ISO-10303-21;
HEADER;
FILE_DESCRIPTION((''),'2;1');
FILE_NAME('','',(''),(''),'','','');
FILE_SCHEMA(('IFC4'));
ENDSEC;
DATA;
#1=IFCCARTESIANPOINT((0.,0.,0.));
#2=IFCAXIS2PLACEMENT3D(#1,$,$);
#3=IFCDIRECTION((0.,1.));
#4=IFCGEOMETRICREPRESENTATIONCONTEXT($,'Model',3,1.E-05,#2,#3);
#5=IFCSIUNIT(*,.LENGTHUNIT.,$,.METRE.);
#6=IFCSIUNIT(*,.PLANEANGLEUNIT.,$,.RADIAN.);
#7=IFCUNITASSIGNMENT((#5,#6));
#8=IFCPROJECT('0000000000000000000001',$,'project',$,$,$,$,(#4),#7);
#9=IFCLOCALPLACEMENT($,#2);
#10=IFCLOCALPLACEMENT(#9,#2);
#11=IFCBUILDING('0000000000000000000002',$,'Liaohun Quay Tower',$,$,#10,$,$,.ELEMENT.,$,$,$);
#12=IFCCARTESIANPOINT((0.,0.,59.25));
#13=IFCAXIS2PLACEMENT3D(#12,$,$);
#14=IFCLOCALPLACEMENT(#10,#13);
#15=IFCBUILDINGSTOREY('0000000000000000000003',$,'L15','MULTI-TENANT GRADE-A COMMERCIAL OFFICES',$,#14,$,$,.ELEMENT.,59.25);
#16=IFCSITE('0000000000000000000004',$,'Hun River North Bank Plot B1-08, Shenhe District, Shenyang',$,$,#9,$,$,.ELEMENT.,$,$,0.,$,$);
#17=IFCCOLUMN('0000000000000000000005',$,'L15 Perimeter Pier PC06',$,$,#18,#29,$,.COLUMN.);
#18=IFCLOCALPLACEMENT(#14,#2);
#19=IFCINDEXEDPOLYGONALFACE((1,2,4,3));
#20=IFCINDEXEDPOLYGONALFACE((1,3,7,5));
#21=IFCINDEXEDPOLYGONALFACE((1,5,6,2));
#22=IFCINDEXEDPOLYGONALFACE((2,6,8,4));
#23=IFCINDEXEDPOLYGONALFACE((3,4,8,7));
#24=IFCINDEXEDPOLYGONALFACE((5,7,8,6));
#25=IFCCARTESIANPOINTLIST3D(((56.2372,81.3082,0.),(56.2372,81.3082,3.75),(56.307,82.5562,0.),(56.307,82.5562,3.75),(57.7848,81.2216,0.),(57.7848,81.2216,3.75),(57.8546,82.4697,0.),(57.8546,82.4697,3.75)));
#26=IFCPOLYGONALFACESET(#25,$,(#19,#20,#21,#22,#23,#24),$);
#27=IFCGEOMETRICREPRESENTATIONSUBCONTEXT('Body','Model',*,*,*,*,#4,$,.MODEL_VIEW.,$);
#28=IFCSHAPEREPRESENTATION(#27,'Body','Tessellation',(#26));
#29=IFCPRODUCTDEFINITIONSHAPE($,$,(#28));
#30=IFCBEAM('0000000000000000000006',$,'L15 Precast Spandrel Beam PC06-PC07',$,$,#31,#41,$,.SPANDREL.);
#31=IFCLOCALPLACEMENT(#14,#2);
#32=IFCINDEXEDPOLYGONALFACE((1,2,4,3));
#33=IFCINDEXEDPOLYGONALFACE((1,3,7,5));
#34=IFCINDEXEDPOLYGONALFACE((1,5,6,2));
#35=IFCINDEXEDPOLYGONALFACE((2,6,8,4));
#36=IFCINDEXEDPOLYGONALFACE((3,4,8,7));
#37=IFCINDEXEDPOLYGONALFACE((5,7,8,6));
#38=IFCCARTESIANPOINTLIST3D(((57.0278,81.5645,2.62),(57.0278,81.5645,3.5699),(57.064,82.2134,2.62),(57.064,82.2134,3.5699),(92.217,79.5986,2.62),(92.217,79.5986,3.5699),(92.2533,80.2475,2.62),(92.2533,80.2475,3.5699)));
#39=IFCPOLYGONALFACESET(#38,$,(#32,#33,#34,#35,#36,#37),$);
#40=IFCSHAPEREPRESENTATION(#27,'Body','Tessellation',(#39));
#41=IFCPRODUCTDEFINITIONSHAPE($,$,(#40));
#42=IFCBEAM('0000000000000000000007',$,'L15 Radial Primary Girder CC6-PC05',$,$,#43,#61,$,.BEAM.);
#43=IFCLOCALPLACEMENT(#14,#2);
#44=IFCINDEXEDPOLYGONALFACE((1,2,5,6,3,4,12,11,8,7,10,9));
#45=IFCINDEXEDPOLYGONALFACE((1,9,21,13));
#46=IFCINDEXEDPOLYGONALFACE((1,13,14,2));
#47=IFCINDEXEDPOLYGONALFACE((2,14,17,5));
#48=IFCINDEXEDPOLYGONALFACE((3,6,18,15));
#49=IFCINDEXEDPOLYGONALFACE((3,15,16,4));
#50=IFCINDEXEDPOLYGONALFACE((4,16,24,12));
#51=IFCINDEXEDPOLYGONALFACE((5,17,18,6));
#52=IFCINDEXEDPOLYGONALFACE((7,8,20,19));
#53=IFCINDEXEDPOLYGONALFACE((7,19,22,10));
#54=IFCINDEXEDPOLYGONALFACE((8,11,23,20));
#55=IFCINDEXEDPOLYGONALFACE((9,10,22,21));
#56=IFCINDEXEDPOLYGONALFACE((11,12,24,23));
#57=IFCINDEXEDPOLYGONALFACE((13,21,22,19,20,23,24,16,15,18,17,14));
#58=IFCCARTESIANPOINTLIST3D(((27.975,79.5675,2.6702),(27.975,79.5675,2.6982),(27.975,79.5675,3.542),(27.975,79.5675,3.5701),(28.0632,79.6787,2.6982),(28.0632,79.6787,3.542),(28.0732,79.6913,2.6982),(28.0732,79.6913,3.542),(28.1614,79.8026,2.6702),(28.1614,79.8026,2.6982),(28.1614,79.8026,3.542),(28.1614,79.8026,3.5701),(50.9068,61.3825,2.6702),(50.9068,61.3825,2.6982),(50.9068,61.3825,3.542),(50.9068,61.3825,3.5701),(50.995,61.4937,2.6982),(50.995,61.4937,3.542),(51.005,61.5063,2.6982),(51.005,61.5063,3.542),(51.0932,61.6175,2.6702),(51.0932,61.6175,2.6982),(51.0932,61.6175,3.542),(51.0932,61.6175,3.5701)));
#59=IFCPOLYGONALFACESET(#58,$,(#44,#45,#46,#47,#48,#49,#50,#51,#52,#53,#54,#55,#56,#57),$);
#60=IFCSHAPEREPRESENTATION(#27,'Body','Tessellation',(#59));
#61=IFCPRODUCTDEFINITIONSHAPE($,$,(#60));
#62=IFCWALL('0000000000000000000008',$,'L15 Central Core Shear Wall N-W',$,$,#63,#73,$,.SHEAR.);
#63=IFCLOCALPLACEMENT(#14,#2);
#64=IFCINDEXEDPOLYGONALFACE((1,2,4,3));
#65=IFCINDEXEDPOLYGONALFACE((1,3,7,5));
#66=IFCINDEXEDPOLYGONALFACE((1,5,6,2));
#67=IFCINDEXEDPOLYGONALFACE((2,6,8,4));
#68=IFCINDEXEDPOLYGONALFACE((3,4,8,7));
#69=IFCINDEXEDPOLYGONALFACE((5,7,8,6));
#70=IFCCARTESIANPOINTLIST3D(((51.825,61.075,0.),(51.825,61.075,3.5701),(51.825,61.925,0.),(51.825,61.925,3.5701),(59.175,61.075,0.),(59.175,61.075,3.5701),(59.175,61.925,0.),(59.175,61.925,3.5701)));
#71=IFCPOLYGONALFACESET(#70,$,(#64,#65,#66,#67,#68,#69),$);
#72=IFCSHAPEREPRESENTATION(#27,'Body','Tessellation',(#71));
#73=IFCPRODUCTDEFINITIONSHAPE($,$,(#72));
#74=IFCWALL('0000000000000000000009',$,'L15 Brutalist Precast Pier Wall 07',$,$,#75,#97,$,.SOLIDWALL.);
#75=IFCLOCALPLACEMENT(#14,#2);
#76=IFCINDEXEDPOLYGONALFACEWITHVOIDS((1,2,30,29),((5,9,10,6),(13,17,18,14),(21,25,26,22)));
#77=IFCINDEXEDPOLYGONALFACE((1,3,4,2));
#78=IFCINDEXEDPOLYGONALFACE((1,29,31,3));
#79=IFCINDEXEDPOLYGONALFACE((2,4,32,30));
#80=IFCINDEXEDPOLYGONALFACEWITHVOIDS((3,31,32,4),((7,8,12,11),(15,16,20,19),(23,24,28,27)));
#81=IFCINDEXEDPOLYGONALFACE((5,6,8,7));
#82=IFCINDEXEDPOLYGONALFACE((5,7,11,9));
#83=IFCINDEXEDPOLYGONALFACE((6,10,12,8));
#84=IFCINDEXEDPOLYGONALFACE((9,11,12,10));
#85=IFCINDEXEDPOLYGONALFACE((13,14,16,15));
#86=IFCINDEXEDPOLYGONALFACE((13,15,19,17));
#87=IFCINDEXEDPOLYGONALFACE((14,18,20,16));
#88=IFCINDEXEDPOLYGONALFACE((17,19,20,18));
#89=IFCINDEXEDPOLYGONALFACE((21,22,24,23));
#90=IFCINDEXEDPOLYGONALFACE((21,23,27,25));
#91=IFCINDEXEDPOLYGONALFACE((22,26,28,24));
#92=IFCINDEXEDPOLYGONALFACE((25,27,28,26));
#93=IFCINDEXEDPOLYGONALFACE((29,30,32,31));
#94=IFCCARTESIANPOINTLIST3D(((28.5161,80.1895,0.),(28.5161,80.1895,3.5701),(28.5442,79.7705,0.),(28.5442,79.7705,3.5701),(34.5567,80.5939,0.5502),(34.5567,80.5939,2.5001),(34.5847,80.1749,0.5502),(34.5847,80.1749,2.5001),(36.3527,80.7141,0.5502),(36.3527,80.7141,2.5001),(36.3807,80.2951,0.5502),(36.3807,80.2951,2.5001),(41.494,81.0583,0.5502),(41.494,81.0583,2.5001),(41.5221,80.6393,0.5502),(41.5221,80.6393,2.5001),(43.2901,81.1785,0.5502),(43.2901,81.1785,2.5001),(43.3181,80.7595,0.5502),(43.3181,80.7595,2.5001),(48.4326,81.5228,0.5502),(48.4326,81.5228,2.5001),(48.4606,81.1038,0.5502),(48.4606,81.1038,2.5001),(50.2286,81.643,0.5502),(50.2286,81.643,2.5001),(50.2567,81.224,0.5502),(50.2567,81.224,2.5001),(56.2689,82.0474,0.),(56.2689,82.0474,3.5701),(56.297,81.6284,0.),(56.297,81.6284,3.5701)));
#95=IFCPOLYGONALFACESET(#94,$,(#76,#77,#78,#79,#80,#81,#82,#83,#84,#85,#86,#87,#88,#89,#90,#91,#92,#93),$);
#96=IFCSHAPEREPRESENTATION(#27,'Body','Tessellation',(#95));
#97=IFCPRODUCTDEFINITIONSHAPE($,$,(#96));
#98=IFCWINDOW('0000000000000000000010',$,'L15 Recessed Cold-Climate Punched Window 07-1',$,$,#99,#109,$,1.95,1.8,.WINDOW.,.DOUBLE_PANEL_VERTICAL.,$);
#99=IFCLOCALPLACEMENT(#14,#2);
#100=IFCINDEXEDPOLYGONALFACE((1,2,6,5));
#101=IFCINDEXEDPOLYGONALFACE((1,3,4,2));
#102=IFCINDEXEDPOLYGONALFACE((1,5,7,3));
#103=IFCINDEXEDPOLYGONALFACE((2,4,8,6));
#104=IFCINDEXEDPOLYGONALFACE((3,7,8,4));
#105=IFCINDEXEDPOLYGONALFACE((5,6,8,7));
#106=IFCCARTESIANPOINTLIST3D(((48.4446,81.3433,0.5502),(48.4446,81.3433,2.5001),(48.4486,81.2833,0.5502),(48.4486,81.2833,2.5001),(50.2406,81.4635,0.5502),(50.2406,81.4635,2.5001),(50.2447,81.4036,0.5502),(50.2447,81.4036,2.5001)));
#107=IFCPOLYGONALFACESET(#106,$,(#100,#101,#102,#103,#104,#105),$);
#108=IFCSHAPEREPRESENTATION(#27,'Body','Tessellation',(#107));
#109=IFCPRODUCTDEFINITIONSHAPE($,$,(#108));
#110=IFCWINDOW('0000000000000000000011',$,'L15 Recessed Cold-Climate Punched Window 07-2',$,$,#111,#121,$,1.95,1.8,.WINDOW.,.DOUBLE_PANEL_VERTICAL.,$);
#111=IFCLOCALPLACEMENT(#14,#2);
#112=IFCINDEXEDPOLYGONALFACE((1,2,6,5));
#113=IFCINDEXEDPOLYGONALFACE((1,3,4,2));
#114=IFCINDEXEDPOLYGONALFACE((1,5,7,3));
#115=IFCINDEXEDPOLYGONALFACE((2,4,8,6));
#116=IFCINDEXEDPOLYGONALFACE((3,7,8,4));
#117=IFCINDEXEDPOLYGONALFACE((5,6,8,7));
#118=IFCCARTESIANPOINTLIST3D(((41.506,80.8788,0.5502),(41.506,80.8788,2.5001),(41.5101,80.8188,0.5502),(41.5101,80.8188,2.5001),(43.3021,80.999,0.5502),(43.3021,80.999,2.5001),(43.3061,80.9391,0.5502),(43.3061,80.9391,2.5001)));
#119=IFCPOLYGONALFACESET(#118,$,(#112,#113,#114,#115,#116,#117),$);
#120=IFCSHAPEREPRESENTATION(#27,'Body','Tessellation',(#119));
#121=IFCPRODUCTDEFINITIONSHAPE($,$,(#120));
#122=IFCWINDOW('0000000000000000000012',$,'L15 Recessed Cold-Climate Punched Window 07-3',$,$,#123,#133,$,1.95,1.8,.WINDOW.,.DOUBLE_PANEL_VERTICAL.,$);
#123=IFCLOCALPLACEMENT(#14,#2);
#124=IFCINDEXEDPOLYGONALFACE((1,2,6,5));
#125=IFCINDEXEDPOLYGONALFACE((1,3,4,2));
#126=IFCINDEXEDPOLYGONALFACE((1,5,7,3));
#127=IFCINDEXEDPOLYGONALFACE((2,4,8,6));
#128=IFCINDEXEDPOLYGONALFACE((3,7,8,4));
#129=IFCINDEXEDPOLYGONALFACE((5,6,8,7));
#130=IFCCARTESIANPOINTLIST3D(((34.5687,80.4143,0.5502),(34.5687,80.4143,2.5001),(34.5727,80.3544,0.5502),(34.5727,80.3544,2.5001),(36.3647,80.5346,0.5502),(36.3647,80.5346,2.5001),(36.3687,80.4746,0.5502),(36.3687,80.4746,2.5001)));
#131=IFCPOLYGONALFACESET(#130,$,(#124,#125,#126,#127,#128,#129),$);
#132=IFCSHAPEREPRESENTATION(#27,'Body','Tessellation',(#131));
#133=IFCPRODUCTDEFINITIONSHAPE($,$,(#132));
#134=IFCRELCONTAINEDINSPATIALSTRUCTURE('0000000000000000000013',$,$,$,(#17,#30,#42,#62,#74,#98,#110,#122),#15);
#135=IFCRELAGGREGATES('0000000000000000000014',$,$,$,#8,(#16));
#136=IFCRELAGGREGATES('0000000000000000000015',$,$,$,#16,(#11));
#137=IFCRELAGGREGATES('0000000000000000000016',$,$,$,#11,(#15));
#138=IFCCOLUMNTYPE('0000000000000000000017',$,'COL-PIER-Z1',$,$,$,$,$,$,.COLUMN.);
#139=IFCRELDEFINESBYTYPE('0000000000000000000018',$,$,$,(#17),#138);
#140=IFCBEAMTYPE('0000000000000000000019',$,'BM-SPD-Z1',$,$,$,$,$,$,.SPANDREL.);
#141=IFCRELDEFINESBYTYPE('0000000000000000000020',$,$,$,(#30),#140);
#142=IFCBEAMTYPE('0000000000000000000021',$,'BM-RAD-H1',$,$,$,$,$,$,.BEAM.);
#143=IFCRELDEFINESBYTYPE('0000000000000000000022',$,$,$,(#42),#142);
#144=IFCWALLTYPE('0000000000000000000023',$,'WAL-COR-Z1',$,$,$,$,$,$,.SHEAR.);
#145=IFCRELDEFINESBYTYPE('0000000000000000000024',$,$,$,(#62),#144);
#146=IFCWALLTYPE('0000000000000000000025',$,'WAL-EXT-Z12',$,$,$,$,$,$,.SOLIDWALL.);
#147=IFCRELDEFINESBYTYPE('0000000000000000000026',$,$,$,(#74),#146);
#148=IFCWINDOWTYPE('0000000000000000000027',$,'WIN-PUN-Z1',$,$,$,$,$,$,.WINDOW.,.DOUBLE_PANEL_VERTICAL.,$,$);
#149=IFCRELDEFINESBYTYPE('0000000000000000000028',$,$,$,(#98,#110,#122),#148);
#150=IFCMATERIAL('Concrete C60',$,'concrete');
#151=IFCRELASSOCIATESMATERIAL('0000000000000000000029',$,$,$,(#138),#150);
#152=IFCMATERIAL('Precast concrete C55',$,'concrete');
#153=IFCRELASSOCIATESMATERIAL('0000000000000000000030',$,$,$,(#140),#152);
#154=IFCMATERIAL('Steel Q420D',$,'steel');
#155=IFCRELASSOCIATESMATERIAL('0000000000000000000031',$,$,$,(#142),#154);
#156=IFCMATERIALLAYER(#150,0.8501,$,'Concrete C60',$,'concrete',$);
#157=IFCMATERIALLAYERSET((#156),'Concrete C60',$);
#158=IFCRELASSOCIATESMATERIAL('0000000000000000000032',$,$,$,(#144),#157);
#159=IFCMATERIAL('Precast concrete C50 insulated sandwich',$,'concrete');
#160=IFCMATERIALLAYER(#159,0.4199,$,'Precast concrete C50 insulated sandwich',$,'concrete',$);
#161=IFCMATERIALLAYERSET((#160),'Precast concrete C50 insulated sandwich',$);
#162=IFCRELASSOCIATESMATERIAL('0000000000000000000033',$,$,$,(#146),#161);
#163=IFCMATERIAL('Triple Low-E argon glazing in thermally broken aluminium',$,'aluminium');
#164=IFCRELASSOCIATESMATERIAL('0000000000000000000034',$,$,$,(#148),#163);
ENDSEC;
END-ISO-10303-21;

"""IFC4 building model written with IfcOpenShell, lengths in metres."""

from ifc_helpers import new_model, si_unit, direction, frame, frame_2d, origin, origin_2d, place, context, subcontext, project, spatial, rectangle, i_section, extrude, source, transform, mapped, material, layer, layer_set, material_profile, profile_set, type_object, element, fill, save


model = new_model("IFC4")

# Units and contexts
model_context = context("Model", 3, precision=1e-05, world=origin(), true_north=direction((0.0, 1.0)))
body_context = subcontext(model_context, "Body", "Model", "MODEL_VIEW")
ifc_project = project(units=[si_unit("LENGTHUNIT", "METRE"), si_unit("PLANEANGLEUNIT", "RADIAN")], contexts=[model_context])

# Site, building, storey
site_placement = place(None, origin())
site = spatial("IfcSite", under=ifc_project, at=site_placement, Name="Hun River North Bank Plot B1-08, Shenhe District, Shenyang", CompositionType="ELEMENT", RefElevation=0.0)
building_placement = place(site_placement, origin())
building = spatial("IfcBuilding", under=site, at=building_placement, Name="Liaohun Quay Tower", CompositionType="ELEMENT")
storey_placement = place(building_placement, frame((0.0, 0.0, 59.25)))
storey = spatial("IfcBuildingStorey", under=building, at=storey_placement, Name="L15", Description="MULTI-TENANT GRADE-A COMMERCIAL OFFICES", CompositionType="ELEMENT", Elevation=59.25)

# Column
ifc_material_1 = material(Name="Concrete C60", Category="concrete")
ifc_material_profile_1 = material_profile(ifc_material_1, rectangle(XDim=1.55, YDim=1.25, at=origin_2d()), Name="RC1550x1250")
ifc_profile_set_1 = profile_set([ifc_material_profile_1], Name="Concrete C60")
column_type = type_object("IfcColumnType", Name="COL-PIER-Z1", PredefinedType="COLUMN", material=ifc_profile_set_1)
shared_shape_1 = source(origin(), body_context, "Body", "SweptSolid", [
    extrude(rectangle(XDim=1.55, YDim=1.25, at=origin_2d()), origin(), (0.0, 0.0, 1.0), 3.75),
])
column_placement = place(storey_placement, frame((57.0459, 81.8889, 0.0), z_axis=(0.0, 0.0, 1.0), x_axis=(-0.998441, 0.055822, 0.0)))
element("IfcColumn", 1, at=column_placement, inside=storey, type_object=column_type, Name="L15 Perimeter Pier PC06", PredefinedType="COLUMN", context=body_context, shape_type="MappedRepresentation", body=[
    mapped(shared_shape_1, transform((0.0, 0.0, 0.0), x_axis=(1.0, 0.0, 0.0), y_axis=(0.0, 1.0, 0.0), z_axis=(0.0, 0.0, 1.0), scale=1.0)),
])

# Beams
ifc_material_2 = material(Name="Precast concrete C55", Category="concrete")
ifc_material_profile_2 = material_profile(ifc_material_2, rectangle(XDim=0.6499, YDim=0.95, at=origin_2d()), Name="RC650x950")
ifc_profile_set_2 = profile_set([ifc_material_profile_2], Name="Precast concrete C55")
beam_type_1 = type_object("IfcBeamType", Name="BM-SPD-Z1", PredefinedType="SPANDREL", material=ifc_profile_set_2)
shared_shape_2 = source(origin(), body_context, "Body", "SweptSolid", [
    extrude(rectangle(XDim=0.6499, YDim=0.95, at=origin_2d()), origin(), (0.0, 0.0, 1.0), 35.2441),
])
beam_1_placement = place(storey_placement, frame((57.0459, 81.8889, 3.095), z_axis=(0.998443, -0.055777, 0.0), x_axis=(0.055777, 0.998443, 0.0)))
element("IfcBeam", 2, at=beam_1_placement, inside=storey, type_object=beam_type_1, Name="L15 Precast Spandrel Beam PC06-PC07", PredefinedType="SPANDREL", context=body_context, shape_type="MappedRepresentation", body=[
    mapped(shared_shape_2, transform((0.0, 0.0, 0.0), x_axis=(1.0, 0.0, 0.0), y_axis=(0.0, 1.0, 0.0), z_axis=(0.0, 0.0, 1.0), scale=1.0)),
])
ifc_material_3 = material(Name="Steel Q420D", Category="steel")
ifc_material_profile_3 = material_profile(ifc_material_3, i_section(OverallWidth=0.3, OverallDepth=0.8999, WebThickness=0.0161, FlangeThickness=0.0281, at=origin_2d()), Name="HN900x300x16x28")
ifc_profile_set_3 = profile_set([ifc_material_profile_3], Name="Steel Q420D")
beam_type_2 = type_object("IfcBeamType", Name="BM-RAD-H1", PredefinedType="BEAM", material=ifc_profile_set_3)
shared_shape_3 = source(origin(), body_context, "Body", "SweptSolid", [
    extrude(i_section(OverallWidth=0.3, OverallDepth=0.8999, WebThickness=0.0161, FlangeThickness=0.0281, at=origin_2d()), origin(), (0.0, 0.0, 1.0), 29.2671),
])
beam_2_placement = place(storey_placement, frame((51.0, 61.5, 3.1201), z_axis=(-0.783536, 0.621347, 0.0), x_axis=(-0.621347, -0.783536, 0.0)))
element("IfcBeam", 3, at=beam_2_placement, inside=storey, type_object=beam_type_2, Name="L15 Radial Primary Girder CC6-PC05", PredefinedType="BEAM", context=body_context, shape_type="MappedRepresentation", body=[
    mapped(shared_shape_3, transform((0.0, 0.0, 0.0), x_axis=(1.0, 0.0, 0.0), y_axis=(0.0, 1.0, 0.0), z_axis=(0.0, 0.0, 1.0), scale=1.0)),
])

# Wall
ifc_layer_1 = layer(ifc_material_1, 0.8501, Name="Concrete C60", Category="concrete")
ifc_layer_set_1 = layer_set([ifc_layer_1], Name="Concrete C60")
wall_type_1 = type_object("IfcWallType", Name="WAL-COR-Z1", PredefinedType="SHEAR", material=ifc_layer_set_1)
wall_1_placement = place(storey_placement, frame((51.825, 61.5, 0.0), z_axis=(0.0, 0.0, 1.0), x_axis=(1.0, 0.0, 0.0)))
element("IfcWall", 4, at=wall_1_placement, inside=storey, type_object=wall_type_1, Name="L15 Central Core Shear Wall N-W", PredefinedType="SHEAR", context=body_context, shape_type="SweptSolid", body=[
    extrude(rectangle(XDim=7.3501, YDim=0.8501, at=frame_2d((3.675, 0.0))), origin(), (0.0, 0.0, 1.0), 3.5701),
])

# Wall, openings, windows
ifc_material_4 = material(Name="Precast concrete C50 insulated sandwich", Category="concrete")
ifc_layer_2 = layer(ifc_material_4, 0.4199, Name="Precast concrete C50 insulated sandwich", Category="concrete")
ifc_layer_set_2 = layer_set([ifc_layer_2], Name="Precast concrete C50 insulated sandwich")
wall_type_2 = type_object("IfcWallType", Name="WAL-EXT-Z12", PredefinedType="SOLIDWALL", material=ifc_layer_set_2)
wall_2_placement = place(storey_placement, frame((56.283, 81.8379, 0.0), z_axis=(0.0, 0.0, 1.0), x_axis=(-0.997767, -0.066795, 0.0)))
wall_2 = element("IfcWall", 5, at=wall_2_placement, inside=storey, type_object=wall_type_2, Name="L15 Brutalist Precast Pier Wall 07", PredefinedType="SOLIDWALL", context=body_context, shape_type="SweptSolid", body=[
    extrude(rectangle(XDim=27.8149, YDim=0.4199, at=frame_2d((13.9075, 0.0))), origin(), (0.0, 0.0, 1.0), 3.5701),
])
shared_shape_4 = source(origin(), body_context, "Body", "SweptSolid", [
    extrude(rectangle(XDim=1.8, YDim=1.95, at=frame_2d((0.8999, 0.9751))), frame((0.0, 0.22, 0.0), z_axis=(0.0, -1.0, 0.0), x_axis=(1.0, 0.0, 0.0)), (0.0, 0.0, 1.0), 0.4399),
])
opening_1_placement = place(wall_2_placement, frame((6.054, 0.0, 0.55)))
opening_1 = element("IfcOpeningElement", 6, at=opening_1_placement, cuts=wall_2, PredefinedType="OPENING", context=body_context, shape_type="MappedRepresentation", body=[
    mapped(shared_shape_4, transform((0.0, 0.0, 0.0), x_axis=(1.0, 0.0, 0.0), y_axis=(0.0, 1.0, 0.0), z_axis=(0.0, 0.0, 1.0), scale=1.0)),
])
opening_2_placement = place(wall_2_placement, frame((13.0081, 0.0, 0.55)))
opening_2 = element("IfcOpeningElement", 7, at=opening_2_placement, cuts=wall_2, PredefinedType="OPENING", context=body_context, shape_type="MappedRepresentation", body=[
    mapped(shared_shape_4, transform((0.0, 0.0, 0.0), x_axis=(1.0, 0.0, 0.0), y_axis=(0.0, 1.0, 0.0), z_axis=(0.0, 0.0, 1.0), scale=1.0)),
])
opening_3_placement = place(wall_2_placement, frame((19.9609, 0.0, 0.55)))
opening_3 = element("IfcOpeningElement", 8, at=opening_3_placement, cuts=wall_2, PredefinedType="OPENING", context=body_context, shape_type="MappedRepresentation", body=[
    mapped(shared_shape_4, transform((0.0, 0.0, 0.0), x_axis=(1.0, 0.0, 0.0), y_axis=(0.0, 1.0, 0.0), z_axis=(0.0, 0.0, 1.0), scale=1.0)),
])
ifc_material_5 = material(Name="Triple Low-E argon glazing in thermally broken aluminium", Category="aluminium")
window_type = type_object("IfcWindowType", Name="WIN-PUN-Z1", PartitioningType="DOUBLE_PANEL_VERTICAL", PredefinedType="WINDOW", material=ifc_material_5)
shared_shape_5 = source(origin(), body_context, "Body", "SweptSolid", [
    extrude(rectangle(XDim=1.8, YDim=1.95, at=frame_2d((0.8999, 0.9751))), frame((0.0, 0.03, 0.0), z_axis=(0.0, -1.0, 0.0), x_axis=(1.0, 0.0, 0.0)), (0.0, 0.0, 1.0), 0.0601),
])
window_1_placement = place(opening_1_placement, origin())
window_1 = element("IfcWindow", 9, at=window_1_placement, inside=storey, type_object=window_type, Name="L15 Recessed Cold-Climate Punched Window 07-1", OverallHeight=1.95, OverallWidth=1.8, PartitioningType="DOUBLE_PANEL_VERTICAL", PredefinedType="WINDOW", context=body_context, shape_type="MappedRepresentation", body=[
    mapped(shared_shape_5, transform((0.0, 0.0, 0.0), x_axis=(1.0, 0.0, 0.0), y_axis=(0.0, 1.0, 0.0), z_axis=(0.0, 0.0, 1.0), scale=1.0)),
])
fill(opening_1, window_1)
window_2_placement = place(opening_2_placement, origin())
window_2 = element("IfcWindow", 10, at=window_2_placement, inside=storey, type_object=window_type, Name="L15 Recessed Cold-Climate Punched Window 07-2", OverallHeight=1.95, OverallWidth=1.8, PartitioningType="DOUBLE_PANEL_VERTICAL", PredefinedType="WINDOW", context=body_context, shape_type="MappedRepresentation", body=[
    mapped(shared_shape_5, transform((0.0, 0.0, 0.0), x_axis=(1.0, 0.0, 0.0), y_axis=(0.0, 1.0, 0.0), z_axis=(0.0, 0.0, 1.0), scale=1.0)),
])
fill(opening_2, window_2)
window_3_placement = place(opening_3_placement, origin())
window_3 = element("IfcWindow", 11, at=window_3_placement, inside=storey, type_object=window_type, Name="L15 Recessed Cold-Climate Punched Window 07-3", OverallHeight=1.95, OverallWidth=1.8, PartitioningType="DOUBLE_PANEL_VERTICAL", PredefinedType="WINDOW", context=body_context, shape_type="MappedRepresentation", body=[
    mapped(shared_shape_5, transform((0.0, 0.0, 0.0), x_axis=(1.0, 0.0, 0.0), y_axis=(0.0, 1.0, 0.0), z_axis=(0.0, 0.0, 1.0), scale=1.0)),
])
fill(opening_3, window_3)

save(model, "model.ifc")
